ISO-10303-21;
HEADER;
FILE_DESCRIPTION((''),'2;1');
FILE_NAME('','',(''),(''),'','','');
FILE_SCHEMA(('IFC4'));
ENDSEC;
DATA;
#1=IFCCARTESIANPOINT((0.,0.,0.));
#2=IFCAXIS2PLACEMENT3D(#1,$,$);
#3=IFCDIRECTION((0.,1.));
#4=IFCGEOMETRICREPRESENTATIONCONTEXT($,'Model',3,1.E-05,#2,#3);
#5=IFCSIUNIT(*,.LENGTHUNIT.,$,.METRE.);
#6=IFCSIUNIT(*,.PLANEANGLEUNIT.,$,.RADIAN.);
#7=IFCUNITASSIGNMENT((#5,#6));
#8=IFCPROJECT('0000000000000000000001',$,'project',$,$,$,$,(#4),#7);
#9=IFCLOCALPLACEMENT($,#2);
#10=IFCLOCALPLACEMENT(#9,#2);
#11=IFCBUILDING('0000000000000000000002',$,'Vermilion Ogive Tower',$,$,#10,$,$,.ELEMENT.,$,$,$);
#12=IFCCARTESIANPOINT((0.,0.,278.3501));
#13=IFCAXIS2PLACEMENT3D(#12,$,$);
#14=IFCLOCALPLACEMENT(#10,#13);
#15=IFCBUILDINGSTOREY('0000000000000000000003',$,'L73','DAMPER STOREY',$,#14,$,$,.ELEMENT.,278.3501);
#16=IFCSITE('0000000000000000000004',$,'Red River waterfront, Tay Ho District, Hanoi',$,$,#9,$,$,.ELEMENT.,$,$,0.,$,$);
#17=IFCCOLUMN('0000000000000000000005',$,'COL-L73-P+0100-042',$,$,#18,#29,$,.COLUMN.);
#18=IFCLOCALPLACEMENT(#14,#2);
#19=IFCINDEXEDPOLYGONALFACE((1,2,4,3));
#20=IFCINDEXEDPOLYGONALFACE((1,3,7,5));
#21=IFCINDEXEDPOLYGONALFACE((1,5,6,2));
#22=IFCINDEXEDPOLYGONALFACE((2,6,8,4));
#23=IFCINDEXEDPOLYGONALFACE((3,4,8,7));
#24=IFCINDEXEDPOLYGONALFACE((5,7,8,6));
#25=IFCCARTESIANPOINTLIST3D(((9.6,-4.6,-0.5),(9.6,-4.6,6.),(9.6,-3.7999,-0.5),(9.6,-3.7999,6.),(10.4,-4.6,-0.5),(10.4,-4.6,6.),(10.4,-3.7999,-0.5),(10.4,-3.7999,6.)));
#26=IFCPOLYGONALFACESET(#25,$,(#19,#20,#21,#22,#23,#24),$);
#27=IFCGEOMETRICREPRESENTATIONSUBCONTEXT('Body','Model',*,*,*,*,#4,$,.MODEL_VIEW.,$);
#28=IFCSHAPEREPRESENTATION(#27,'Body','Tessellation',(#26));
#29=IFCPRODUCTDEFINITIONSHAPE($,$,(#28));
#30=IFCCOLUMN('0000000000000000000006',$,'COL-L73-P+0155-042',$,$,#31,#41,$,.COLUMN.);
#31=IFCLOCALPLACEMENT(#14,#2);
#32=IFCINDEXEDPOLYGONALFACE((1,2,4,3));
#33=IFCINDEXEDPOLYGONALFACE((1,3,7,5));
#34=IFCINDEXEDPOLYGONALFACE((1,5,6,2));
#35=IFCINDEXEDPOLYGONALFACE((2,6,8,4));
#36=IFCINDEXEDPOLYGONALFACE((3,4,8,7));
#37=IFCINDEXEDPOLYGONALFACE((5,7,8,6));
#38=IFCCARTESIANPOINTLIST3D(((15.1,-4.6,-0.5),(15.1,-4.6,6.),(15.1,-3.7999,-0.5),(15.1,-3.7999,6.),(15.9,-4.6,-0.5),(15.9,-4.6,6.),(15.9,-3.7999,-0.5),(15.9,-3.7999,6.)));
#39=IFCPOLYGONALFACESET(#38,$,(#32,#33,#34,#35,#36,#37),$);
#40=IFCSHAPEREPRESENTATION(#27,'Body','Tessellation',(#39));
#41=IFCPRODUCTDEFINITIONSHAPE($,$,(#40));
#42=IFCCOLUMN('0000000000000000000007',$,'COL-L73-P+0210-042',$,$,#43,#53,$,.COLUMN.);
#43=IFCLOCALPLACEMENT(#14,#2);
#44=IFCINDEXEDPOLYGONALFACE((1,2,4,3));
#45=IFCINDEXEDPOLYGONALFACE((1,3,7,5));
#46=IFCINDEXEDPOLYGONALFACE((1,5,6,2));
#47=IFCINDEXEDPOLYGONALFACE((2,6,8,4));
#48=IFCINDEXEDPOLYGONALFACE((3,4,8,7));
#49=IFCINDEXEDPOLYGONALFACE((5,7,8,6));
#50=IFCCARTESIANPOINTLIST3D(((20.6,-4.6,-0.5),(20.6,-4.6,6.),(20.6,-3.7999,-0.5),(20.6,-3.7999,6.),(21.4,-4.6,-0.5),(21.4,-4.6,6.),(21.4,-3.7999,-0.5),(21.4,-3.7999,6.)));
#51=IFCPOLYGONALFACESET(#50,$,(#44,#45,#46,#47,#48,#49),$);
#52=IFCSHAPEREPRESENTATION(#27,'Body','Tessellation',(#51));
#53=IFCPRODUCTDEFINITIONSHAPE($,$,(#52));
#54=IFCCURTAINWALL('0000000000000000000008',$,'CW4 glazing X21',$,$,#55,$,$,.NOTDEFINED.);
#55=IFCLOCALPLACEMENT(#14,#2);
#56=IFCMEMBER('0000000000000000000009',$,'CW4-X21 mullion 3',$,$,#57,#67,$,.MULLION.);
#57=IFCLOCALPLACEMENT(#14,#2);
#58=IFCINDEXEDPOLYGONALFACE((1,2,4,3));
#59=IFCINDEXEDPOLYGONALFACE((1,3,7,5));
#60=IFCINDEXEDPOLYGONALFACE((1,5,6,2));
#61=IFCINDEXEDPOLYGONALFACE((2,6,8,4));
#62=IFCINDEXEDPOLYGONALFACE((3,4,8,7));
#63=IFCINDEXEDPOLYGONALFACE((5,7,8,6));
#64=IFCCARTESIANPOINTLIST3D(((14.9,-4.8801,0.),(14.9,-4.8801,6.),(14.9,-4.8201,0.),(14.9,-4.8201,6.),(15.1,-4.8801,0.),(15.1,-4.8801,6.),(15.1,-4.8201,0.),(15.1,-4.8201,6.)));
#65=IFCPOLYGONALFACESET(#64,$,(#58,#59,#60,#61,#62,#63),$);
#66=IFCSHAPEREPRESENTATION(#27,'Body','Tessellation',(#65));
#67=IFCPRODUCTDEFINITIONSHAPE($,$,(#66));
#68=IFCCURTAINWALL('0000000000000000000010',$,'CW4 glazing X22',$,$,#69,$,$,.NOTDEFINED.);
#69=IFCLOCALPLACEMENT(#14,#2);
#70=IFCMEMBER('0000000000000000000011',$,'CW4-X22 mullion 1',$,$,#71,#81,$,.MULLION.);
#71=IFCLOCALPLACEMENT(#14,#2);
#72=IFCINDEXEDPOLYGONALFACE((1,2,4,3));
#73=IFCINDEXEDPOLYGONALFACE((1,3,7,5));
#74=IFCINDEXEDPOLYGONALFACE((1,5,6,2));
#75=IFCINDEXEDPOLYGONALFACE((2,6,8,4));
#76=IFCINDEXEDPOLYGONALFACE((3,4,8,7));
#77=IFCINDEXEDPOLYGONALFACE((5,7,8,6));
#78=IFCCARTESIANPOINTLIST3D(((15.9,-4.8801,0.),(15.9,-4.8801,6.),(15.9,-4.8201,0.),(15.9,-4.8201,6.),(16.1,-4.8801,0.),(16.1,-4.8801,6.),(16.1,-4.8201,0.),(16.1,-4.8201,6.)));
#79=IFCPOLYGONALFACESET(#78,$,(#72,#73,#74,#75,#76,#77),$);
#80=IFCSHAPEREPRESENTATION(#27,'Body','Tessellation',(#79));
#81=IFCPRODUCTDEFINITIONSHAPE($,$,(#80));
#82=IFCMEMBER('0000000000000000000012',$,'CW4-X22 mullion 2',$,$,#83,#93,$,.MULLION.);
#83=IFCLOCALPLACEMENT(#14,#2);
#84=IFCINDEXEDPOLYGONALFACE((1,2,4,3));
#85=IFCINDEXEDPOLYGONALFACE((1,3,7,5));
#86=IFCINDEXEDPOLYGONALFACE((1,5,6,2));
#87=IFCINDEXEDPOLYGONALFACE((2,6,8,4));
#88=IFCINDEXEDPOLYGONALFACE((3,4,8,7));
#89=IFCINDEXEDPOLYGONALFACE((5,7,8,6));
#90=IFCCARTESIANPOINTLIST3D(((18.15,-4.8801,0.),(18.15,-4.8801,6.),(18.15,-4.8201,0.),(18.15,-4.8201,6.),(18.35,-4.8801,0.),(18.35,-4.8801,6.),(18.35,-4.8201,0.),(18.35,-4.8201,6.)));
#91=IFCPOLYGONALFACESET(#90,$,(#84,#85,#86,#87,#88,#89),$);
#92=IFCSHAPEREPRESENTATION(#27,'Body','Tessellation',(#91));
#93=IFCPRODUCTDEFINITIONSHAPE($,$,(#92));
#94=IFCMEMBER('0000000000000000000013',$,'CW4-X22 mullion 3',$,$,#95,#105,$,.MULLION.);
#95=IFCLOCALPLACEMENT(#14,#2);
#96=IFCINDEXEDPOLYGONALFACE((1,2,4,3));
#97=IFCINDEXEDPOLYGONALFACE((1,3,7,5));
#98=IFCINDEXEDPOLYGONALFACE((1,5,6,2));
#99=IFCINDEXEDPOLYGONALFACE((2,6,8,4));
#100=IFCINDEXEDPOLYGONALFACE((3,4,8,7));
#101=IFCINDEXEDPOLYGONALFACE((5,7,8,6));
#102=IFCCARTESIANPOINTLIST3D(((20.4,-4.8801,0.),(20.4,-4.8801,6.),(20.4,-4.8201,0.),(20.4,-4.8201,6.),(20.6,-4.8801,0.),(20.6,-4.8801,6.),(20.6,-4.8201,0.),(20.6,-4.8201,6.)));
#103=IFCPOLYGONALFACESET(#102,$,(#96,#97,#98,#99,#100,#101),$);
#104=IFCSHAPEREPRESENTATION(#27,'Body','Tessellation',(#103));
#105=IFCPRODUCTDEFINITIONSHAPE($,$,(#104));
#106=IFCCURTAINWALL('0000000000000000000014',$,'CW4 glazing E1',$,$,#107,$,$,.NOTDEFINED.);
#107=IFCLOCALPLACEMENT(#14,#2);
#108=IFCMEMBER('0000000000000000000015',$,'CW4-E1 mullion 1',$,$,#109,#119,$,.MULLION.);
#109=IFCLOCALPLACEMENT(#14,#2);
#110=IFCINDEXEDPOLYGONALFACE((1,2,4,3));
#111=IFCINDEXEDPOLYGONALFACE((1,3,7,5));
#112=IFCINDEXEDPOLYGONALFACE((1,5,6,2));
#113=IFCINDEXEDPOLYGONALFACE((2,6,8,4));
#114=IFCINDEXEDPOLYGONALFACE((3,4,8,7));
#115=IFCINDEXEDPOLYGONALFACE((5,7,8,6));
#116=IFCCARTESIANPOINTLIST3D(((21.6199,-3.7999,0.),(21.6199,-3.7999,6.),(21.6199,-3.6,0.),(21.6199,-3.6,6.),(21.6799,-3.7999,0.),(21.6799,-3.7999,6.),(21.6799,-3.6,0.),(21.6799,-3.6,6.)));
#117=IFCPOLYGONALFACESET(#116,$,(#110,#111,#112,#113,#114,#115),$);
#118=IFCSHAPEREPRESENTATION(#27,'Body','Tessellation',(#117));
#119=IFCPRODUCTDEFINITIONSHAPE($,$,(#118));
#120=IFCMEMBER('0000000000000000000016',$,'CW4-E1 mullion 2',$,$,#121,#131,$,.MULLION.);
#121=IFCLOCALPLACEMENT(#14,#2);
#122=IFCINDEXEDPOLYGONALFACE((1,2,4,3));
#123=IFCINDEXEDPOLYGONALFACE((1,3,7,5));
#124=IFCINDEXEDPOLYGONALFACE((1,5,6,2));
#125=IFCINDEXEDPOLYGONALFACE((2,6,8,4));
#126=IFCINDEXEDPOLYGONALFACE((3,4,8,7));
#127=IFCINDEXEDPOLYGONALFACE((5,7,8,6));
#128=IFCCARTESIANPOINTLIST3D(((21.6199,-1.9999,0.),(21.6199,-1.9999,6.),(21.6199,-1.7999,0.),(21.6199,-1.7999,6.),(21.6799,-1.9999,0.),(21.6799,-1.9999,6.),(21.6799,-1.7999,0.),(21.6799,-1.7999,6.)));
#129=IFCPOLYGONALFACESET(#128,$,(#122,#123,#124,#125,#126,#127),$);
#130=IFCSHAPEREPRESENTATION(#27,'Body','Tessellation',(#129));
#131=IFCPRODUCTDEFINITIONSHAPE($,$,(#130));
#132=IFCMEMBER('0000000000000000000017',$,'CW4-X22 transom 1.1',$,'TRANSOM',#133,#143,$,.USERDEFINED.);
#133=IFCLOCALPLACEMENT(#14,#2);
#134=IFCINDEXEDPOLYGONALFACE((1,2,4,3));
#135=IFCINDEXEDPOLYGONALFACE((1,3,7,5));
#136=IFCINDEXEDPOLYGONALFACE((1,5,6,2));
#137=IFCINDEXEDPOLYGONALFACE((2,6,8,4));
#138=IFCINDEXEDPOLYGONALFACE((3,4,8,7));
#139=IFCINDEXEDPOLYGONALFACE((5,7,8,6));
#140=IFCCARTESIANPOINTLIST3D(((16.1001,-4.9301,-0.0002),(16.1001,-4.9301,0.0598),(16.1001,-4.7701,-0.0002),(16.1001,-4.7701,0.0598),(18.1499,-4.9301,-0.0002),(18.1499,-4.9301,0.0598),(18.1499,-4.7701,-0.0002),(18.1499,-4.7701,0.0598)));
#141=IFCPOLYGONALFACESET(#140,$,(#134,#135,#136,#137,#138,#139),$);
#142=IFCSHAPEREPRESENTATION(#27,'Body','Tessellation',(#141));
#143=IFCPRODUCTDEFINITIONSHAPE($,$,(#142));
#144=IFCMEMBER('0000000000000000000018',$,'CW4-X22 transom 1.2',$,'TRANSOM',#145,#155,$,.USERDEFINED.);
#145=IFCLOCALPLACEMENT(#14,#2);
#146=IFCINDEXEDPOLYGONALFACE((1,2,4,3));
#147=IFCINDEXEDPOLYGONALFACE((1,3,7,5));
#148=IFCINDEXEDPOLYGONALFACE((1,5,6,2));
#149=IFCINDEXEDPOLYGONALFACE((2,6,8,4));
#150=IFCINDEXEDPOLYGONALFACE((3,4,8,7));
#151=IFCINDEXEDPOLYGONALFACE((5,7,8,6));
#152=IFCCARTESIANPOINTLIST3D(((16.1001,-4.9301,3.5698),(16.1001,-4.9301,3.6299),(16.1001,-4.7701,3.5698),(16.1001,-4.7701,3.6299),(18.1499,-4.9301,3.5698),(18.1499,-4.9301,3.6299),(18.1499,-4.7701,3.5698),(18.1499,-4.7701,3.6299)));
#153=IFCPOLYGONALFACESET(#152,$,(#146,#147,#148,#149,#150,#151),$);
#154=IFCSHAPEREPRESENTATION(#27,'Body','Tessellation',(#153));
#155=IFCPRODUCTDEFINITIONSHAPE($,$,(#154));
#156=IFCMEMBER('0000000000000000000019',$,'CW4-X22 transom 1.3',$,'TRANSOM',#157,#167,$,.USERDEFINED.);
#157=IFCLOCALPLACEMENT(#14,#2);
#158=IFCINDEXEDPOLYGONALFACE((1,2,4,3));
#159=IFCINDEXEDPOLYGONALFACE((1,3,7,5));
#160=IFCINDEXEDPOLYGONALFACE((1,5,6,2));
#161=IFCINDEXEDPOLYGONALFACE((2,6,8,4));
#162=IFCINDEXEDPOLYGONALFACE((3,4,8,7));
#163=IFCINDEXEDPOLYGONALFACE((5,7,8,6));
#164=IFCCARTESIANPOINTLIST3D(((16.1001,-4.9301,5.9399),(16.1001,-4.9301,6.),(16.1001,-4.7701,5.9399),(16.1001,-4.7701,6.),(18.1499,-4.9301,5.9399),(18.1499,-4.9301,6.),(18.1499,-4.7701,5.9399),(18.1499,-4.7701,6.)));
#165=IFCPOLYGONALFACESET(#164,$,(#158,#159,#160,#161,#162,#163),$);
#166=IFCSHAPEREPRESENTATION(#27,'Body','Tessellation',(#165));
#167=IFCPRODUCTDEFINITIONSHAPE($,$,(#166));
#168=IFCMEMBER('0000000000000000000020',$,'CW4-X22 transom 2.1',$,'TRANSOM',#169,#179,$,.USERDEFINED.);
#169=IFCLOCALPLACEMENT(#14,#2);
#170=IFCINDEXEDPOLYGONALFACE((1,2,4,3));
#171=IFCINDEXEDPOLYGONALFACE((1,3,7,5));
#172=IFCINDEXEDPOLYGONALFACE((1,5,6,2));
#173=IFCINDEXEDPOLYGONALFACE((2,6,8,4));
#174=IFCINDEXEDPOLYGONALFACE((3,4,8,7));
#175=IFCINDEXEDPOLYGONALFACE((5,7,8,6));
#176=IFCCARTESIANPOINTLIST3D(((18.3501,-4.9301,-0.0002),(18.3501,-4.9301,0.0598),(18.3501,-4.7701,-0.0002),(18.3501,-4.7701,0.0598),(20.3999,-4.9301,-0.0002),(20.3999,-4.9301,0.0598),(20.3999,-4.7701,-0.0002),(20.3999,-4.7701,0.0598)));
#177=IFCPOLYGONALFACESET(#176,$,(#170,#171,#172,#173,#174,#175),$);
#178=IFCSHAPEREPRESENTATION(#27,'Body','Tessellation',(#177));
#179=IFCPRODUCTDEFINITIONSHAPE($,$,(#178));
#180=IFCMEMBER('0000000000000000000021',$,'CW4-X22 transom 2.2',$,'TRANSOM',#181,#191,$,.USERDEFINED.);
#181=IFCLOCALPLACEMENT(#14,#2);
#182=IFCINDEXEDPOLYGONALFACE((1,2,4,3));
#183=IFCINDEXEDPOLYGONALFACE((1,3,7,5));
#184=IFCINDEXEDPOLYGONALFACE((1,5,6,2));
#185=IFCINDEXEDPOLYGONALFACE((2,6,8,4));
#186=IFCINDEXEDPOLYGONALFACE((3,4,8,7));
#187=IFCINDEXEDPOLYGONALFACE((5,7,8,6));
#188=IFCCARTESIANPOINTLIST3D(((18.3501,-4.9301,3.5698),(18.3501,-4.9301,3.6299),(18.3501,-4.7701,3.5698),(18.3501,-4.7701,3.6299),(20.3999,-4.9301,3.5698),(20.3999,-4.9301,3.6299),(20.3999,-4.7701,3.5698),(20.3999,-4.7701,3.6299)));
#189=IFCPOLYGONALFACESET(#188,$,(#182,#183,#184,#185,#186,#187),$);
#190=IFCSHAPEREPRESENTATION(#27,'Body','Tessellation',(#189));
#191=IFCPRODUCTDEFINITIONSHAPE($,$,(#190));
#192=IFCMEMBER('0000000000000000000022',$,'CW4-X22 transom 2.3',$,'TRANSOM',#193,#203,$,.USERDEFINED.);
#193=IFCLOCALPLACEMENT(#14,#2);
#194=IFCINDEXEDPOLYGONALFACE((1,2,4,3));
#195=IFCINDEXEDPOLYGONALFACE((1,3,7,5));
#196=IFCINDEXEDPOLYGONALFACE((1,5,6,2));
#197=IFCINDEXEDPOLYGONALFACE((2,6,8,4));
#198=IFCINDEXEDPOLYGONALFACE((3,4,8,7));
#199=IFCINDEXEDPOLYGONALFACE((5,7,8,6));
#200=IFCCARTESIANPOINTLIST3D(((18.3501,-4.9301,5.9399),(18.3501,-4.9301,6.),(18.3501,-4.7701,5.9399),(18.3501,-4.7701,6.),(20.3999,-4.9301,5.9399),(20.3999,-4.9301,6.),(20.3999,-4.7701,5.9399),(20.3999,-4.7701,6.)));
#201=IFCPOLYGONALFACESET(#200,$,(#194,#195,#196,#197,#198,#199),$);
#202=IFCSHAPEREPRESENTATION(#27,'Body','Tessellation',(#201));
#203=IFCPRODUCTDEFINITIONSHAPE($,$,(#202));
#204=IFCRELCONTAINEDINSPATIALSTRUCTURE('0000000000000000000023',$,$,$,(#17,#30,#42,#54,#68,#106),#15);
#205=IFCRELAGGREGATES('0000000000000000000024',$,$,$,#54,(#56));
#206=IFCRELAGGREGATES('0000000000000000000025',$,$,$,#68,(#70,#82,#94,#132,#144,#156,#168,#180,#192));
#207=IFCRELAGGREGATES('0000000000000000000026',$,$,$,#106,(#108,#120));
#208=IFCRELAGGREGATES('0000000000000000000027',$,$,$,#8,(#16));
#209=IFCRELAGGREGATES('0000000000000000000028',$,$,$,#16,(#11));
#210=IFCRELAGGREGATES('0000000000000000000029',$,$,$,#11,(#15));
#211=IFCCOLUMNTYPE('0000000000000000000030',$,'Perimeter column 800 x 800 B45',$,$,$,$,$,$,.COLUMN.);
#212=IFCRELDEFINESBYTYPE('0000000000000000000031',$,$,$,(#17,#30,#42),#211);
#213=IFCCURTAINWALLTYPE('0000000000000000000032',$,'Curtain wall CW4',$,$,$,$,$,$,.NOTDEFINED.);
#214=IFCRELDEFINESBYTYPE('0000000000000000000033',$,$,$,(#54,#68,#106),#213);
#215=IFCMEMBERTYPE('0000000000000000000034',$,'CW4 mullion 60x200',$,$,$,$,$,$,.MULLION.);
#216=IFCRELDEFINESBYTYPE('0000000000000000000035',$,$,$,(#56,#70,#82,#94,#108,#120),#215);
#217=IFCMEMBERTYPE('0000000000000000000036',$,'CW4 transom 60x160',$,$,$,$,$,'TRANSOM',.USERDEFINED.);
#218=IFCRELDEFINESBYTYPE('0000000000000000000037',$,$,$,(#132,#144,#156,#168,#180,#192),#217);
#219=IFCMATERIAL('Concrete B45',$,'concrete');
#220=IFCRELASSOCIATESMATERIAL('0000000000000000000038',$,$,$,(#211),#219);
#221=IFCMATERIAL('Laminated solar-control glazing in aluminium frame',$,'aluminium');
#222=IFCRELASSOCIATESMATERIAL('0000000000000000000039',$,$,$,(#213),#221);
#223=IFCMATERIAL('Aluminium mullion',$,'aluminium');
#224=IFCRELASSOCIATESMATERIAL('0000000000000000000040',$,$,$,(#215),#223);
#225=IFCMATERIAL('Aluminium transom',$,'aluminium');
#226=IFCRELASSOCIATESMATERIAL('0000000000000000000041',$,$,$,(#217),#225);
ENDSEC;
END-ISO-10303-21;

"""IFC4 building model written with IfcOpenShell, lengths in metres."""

from ifc_helpers import new_model, si_unit, direction, frame, origin, origin_2d, place, context, subcontext, project, spatial, rectangle, extrude, material, material_profile, profile_set, type_object, element, aggregate, save


model = new_model("IFC4")

# Units and contexts
model_context = context("Model", 3, precision=1e-05, world=origin(), true_north=direction((0.0, 1.0)))
body_context = subcontext(model_context, "Body", "Model", "MODEL_VIEW")
ifc_project = project(units=[si_unit("LENGTHUNIT", "METRE"), si_unit("PLANEANGLEUNIT", "RADIAN")], contexts=[model_context])

# Site, building, storey
site_placement = place(None, origin())
site = spatial("IfcSite", under=ifc_project, at=site_placement, Name="Red River waterfront, Tay Ho District, Hanoi", CompositionType="ELEMENT", RefElevation=0.0)
building_placement = place(site_placement, origin())
building = spatial("IfcBuilding", under=site, at=building_placement, Name="Vermilion Ogive Tower", CompositionType="ELEMENT")
storey_placement = place(building_placement, frame((0.0, 0.0, 278.3501)))
storey = spatial("IfcBuildingStorey", under=building, at=storey_placement, Name="L73", Description="DAMPER STOREY", CompositionType="ELEMENT", Elevation=278.3501)

# Columns
ifc_material_1 = material(Name="Concrete B45", Category="concrete")
ifc_material_profile_1 = material_profile(ifc_material_1, rectangle(XDim=0.8, YDim=0.8, at=origin_2d()), Name="800 x 800")
ifc_profile_set_1 = profile_set([ifc_material_profile_1], Name="Concrete B45")
column_type = type_object("IfcColumnType", Name="Perimeter column 800 x 800 B45", PredefinedType="COLUMN", material=ifc_profile_set_1)
for number, where, z_axis, x_axis, name in (
    (1, (10.0, -4.2, -0.5), (0.0, 0.0, 1.0), (1.0, 0.0, 0.0), "COL-L73-P+0100-042"),
    (2, (15.5, -4.2, -0.5), (0.0, 0.0, 1.0), (1.0, 0.0, 0.0), "COL-L73-P+0155-042"),
    (3, (21.0, -4.2, -0.5), (0.0, 0.0, 1.0), (1.0, 0.0, 0.0), "COL-L73-P+0210-042"),
):
    element("IfcColumn", number, at=place(storey_placement, frame(where, z_axis=z_axis, x_axis=x_axis)), inside=storey, type_object=column_type, Name=name, PredefinedType="COLUMN", context=body_context, shape_type="SweptSolid", body=[
        extrude(rectangle(XDim=0.8, YDim=0.8, at=origin_2d()), origin(), (0.0, 0.0, 1.0), 6.5),
    ])

# Curtain wall, member
ifc_material_2 = material(Name="Laminated solar-control glazing in aluminium frame", Category="aluminium")
curtain_wall_type = type_object("IfcCurtainWallType", Name="Curtain wall CW4", PredefinedType="NOTDEFINED", material=ifc_material_2)
curtain_wall_1_placement = place(storey_placement, origin())
curtain_wall_1 = element("IfcCurtainWall", 4, at=curtain_wall_1_placement, inside=storey, type_object=curtain_wall_type, Name="CW4 glazing X21", PredefinedType="NOTDEFINED")
ifc_material_3 = material(Name="Aluminium mullion", Category="aluminium")
ifc_material_profile_2 = material_profile(ifc_material_3, rectangle(XDim=0.0601, YDim=0.2, at=origin_2d()), Name="AL 60x200")
ifc_profile_set_2 = profile_set([ifc_material_profile_2], Name="Aluminium mullion")
member_type_1 = type_object("IfcMemberType", Name="CW4 mullion 60x200", PredefinedType="MULLION", material=ifc_profile_set_2)
member_1_placement = place(storey_placement, frame((15.0, -4.8501, 0.0), z_axis=(0.0, 0.0, 1.0), x_axis=(0.0, 1.0, 0.0)))
member_1 = element("IfcMember", 5, at=member_1_placement, type_object=member_type_1, Name="CW4-X21 mullion 3", PredefinedType="MULLION", context=body_context, shape_type="SweptSolid", body=[
    extrude(rectangle(XDim=0.0601, YDim=0.2, at=origin_2d()), origin(), (0.0, 0.0, 1.0), 6.0),
])
aggregate(curtain_wall_1, [member_1])

# Curtain walls, members
curtain_wall_2_placement = place(storey_placement, origin())
curtain_wall_2 = element("IfcCurtainWall", 6, at=curtain_wall_2_placement, inside=storey, type_object=curtain_wall_type, Name="CW4 glazing X22", PredefinedType="NOTDEFINED")
member_2_placement = place(storey_placement, frame((16.0, -4.8501, 0.0), z_axis=(0.0, 0.0, 1.0), x_axis=(0.0, 1.0, 0.0)))
member_2 = element("IfcMember", 7, at=member_2_placement, type_object=member_type_1, Name="CW4-X22 mullion 1", PredefinedType="MULLION", context=body_context, shape_type="SweptSolid", body=[
    extrude(rectangle(XDim=0.0601, YDim=0.2, at=origin_2d()), origin(), (0.0, 0.0, 1.0), 6.0),
])
member_3_placement = place(storey_placement, frame((18.25, -4.8501, 0.0), z_axis=(0.0, 0.0, 1.0), x_axis=(0.0, 1.0, 0.0)))
member_3 = element("IfcMember", 8, at=member_3_placement, type_object=member_type_1, Name="CW4-X22 mullion 2", PredefinedType="MULLION", context=body_context, shape_type="SweptSolid", body=[
    extrude(rectangle(XDim=0.0601, YDim=0.2, at=origin_2d()), origin(), (0.0, 0.0, 1.0), 6.0),
])
member_4_placement = place(storey_placement, frame((20.5, -4.8501, 0.0), z_axis=(0.0, 0.0, 1.0), x_axis=(0.0, 1.0, 0.0)))
member_4 = element("IfcMember", 9, at=member_4_placement, type_object=member_type_1, Name="CW4-X22 mullion 3", PredefinedType="MULLION", context=body_context, shape_type="SweptSolid", body=[
    extrude(rectangle(XDim=0.0601, YDim=0.2, at=origin_2d()), origin(), (0.0, 0.0, 1.0), 6.0),
])
curtain_wall_3_placement = place(storey_placement, origin())
curtain_wall_3 = element("IfcCurtainWall", 10, at=curtain_wall_3_placement, inside=storey, type_object=curtain_wall_type, Name="CW4 glazing E1", PredefinedType="NOTDEFINED")
member_5_placement = place(storey_placement, frame((21.6499, -3.7, 0.0), z_axis=(0.0, 0.0, 1.0), x_axis=(-1.0, 0.0, 0.0)))
member_5 = element("IfcMember", 11, at=member_5_placement, type_object=member_type_1, Name="CW4-E1 mullion 1", PredefinedType="MULLION", context=body_context, shape_type="SweptSolid", body=[
    extrude(rectangle(XDim=0.0601, YDim=0.2, at=origin_2d()), origin(), (0.0, 0.0, 1.0), 6.0),
])
member_6_placement = place(storey_placement, frame((21.6499, -1.8999, 0.0), z_axis=(0.0, 0.0, 1.0), x_axis=(-1.0, 0.0, 0.0)))
member_6 = element("IfcMember", 12, at=member_6_placement, type_object=member_type_1, Name="CW4-E1 mullion 2", PredefinedType="MULLION", context=body_context, shape_type="SweptSolid", body=[
    extrude(rectangle(XDim=0.0601, YDim=0.2, at=origin_2d()), origin(), (0.0, 0.0, 1.0), 6.0),
])

# Members
ifc_material_4 = material(Name="Aluminium transom", Category="aluminium")
ifc_material_profile_3 = material_profile(ifc_material_4, rectangle(XDim=0.1599, YDim=0.0601, at=origin_2d()), Name="AL 60x160")
ifc_profile_set_3 = profile_set([ifc_material_profile_3], Name="Aluminium transom")
member_type_2 = type_object("IfcMemberType", Name="CW4 transom 60x160", ElementType="TRANSOM", PredefinedType="USERDEFINED", material=ifc_profile_set_3)
member_7_placement = place(storey_placement, frame((16.1001, -4.8501, 0.0298), z_axis=(1.0, 0.0, 0.0), x_axis=(0.0, 1.0, 0.0)))
member_7 = element("IfcMember", 13, at=member_7_placement, type_object=member_type_2, Name="CW4-X22 transom 1.1", ObjectType="TRANSOM", PredefinedType="USERDEFINED", context=body_context, shape_type="SweptSolid", body=[
    extrude(rectangle(XDim=0.1599, YDim=0.0601, at=origin_2d()), origin(), (0.0, 0.0, 1.0), 2.0498),
])
member_8_placement = place(storey_placement, frame((16.1001, -4.8501, 3.5999), z_axis=(1.0, 0.0, 0.0), x_axis=(0.0, 1.0, 0.0)))
member_8 = element("IfcMember", 14, at=member_8_placement, type_object=member_type_2, Name="CW4-X22 transom 1.2", ObjectType="TRANSOM", PredefinedType="USERDEFINED", context=body_context, shape_type="SweptSolid", body=[
    extrude(rectangle(XDim=0.1599, YDim=0.0601, at=origin_2d()), origin(), (0.0, 0.0, 1.0), 2.0498),
])
member_9_placement = place(storey_placement, frame((16.1001, -4.8501, 5.97), z_axis=(1.0, 0.0, 0.0), x_axis=(0.0, 1.0, 0.0)))
member_9 = element("IfcMember", 15, at=member_9_placement, type_object=member_type_2, Name="CW4-X22 transom 1.3", ObjectType="TRANSOM", PredefinedType="USERDEFINED", context=body_context, shape_type="SweptSolid", body=[
    extrude(rectangle(XDim=0.1599, YDim=0.0601, at=origin_2d()), origin(), (0.0, 0.0, 1.0), 2.0498),
])
member_10_placement = place(storey_placement, frame((18.3501, -4.8501, 0.0298), z_axis=(1.0, 0.0, 0.0), x_axis=(0.0, 1.0, 0.0)))
member_10 = element("IfcMember", 16, at=member_10_placement, type_object=member_type_2, Name="CW4-X22 transom 2.1", ObjectType="TRANSOM", PredefinedType="USERDEFINED", context=body_context, shape_type="SweptSolid", body=[
    extrude(rectangle(XDim=0.1599, YDim=0.0601, at=origin_2d()), origin(), (0.0, 0.0, 1.0), 2.0498),
])
member_11_placement = place(storey_placement, frame((18.3501, -4.8501, 3.5999), z_axis=(1.0, 0.0, 0.0), x_axis=(0.0, 1.0, 0.0)))
member_11 = element("IfcMember", 17, at=member_11_placement, type_object=member_type_2, Name="CW4-X22 transom 2.2", ObjectType="TRANSOM", PredefinedType="USERDEFINED", context=body_context, shape_type="SweptSolid", body=[
    extrude(rectangle(XDim=0.1599, YDim=0.0601, at=origin_2d()), origin(), (0.0, 0.0, 1.0), 2.0498),
])
member_12_placement = place(storey_placement, frame((18.3501, -4.8501, 5.97), z_axis=(1.0, 0.0, 0.0), x_axis=(0.0, 1.0, 0.0)))
member_12 = element("IfcMember", 18, at=member_12_placement, type_object=member_type_2, Name="CW4-X22 transom 2.3", ObjectType="TRANSOM", PredefinedType="USERDEFINED", context=body_context, shape_type="SweptSolid", body=[
    extrude(rectangle(XDim=0.1599, YDim=0.0601, at=origin_2d()), origin(), (0.0, 0.0, 1.0), 2.0498),
])

aggregate(curtain_wall_2, [member_2, member_3, member_4, member_7, member_8, member_9, member_10, member_11, member_12])
aggregate(curtain_wall_3, [member_5, member_6])

save(model, "model.ifc")
